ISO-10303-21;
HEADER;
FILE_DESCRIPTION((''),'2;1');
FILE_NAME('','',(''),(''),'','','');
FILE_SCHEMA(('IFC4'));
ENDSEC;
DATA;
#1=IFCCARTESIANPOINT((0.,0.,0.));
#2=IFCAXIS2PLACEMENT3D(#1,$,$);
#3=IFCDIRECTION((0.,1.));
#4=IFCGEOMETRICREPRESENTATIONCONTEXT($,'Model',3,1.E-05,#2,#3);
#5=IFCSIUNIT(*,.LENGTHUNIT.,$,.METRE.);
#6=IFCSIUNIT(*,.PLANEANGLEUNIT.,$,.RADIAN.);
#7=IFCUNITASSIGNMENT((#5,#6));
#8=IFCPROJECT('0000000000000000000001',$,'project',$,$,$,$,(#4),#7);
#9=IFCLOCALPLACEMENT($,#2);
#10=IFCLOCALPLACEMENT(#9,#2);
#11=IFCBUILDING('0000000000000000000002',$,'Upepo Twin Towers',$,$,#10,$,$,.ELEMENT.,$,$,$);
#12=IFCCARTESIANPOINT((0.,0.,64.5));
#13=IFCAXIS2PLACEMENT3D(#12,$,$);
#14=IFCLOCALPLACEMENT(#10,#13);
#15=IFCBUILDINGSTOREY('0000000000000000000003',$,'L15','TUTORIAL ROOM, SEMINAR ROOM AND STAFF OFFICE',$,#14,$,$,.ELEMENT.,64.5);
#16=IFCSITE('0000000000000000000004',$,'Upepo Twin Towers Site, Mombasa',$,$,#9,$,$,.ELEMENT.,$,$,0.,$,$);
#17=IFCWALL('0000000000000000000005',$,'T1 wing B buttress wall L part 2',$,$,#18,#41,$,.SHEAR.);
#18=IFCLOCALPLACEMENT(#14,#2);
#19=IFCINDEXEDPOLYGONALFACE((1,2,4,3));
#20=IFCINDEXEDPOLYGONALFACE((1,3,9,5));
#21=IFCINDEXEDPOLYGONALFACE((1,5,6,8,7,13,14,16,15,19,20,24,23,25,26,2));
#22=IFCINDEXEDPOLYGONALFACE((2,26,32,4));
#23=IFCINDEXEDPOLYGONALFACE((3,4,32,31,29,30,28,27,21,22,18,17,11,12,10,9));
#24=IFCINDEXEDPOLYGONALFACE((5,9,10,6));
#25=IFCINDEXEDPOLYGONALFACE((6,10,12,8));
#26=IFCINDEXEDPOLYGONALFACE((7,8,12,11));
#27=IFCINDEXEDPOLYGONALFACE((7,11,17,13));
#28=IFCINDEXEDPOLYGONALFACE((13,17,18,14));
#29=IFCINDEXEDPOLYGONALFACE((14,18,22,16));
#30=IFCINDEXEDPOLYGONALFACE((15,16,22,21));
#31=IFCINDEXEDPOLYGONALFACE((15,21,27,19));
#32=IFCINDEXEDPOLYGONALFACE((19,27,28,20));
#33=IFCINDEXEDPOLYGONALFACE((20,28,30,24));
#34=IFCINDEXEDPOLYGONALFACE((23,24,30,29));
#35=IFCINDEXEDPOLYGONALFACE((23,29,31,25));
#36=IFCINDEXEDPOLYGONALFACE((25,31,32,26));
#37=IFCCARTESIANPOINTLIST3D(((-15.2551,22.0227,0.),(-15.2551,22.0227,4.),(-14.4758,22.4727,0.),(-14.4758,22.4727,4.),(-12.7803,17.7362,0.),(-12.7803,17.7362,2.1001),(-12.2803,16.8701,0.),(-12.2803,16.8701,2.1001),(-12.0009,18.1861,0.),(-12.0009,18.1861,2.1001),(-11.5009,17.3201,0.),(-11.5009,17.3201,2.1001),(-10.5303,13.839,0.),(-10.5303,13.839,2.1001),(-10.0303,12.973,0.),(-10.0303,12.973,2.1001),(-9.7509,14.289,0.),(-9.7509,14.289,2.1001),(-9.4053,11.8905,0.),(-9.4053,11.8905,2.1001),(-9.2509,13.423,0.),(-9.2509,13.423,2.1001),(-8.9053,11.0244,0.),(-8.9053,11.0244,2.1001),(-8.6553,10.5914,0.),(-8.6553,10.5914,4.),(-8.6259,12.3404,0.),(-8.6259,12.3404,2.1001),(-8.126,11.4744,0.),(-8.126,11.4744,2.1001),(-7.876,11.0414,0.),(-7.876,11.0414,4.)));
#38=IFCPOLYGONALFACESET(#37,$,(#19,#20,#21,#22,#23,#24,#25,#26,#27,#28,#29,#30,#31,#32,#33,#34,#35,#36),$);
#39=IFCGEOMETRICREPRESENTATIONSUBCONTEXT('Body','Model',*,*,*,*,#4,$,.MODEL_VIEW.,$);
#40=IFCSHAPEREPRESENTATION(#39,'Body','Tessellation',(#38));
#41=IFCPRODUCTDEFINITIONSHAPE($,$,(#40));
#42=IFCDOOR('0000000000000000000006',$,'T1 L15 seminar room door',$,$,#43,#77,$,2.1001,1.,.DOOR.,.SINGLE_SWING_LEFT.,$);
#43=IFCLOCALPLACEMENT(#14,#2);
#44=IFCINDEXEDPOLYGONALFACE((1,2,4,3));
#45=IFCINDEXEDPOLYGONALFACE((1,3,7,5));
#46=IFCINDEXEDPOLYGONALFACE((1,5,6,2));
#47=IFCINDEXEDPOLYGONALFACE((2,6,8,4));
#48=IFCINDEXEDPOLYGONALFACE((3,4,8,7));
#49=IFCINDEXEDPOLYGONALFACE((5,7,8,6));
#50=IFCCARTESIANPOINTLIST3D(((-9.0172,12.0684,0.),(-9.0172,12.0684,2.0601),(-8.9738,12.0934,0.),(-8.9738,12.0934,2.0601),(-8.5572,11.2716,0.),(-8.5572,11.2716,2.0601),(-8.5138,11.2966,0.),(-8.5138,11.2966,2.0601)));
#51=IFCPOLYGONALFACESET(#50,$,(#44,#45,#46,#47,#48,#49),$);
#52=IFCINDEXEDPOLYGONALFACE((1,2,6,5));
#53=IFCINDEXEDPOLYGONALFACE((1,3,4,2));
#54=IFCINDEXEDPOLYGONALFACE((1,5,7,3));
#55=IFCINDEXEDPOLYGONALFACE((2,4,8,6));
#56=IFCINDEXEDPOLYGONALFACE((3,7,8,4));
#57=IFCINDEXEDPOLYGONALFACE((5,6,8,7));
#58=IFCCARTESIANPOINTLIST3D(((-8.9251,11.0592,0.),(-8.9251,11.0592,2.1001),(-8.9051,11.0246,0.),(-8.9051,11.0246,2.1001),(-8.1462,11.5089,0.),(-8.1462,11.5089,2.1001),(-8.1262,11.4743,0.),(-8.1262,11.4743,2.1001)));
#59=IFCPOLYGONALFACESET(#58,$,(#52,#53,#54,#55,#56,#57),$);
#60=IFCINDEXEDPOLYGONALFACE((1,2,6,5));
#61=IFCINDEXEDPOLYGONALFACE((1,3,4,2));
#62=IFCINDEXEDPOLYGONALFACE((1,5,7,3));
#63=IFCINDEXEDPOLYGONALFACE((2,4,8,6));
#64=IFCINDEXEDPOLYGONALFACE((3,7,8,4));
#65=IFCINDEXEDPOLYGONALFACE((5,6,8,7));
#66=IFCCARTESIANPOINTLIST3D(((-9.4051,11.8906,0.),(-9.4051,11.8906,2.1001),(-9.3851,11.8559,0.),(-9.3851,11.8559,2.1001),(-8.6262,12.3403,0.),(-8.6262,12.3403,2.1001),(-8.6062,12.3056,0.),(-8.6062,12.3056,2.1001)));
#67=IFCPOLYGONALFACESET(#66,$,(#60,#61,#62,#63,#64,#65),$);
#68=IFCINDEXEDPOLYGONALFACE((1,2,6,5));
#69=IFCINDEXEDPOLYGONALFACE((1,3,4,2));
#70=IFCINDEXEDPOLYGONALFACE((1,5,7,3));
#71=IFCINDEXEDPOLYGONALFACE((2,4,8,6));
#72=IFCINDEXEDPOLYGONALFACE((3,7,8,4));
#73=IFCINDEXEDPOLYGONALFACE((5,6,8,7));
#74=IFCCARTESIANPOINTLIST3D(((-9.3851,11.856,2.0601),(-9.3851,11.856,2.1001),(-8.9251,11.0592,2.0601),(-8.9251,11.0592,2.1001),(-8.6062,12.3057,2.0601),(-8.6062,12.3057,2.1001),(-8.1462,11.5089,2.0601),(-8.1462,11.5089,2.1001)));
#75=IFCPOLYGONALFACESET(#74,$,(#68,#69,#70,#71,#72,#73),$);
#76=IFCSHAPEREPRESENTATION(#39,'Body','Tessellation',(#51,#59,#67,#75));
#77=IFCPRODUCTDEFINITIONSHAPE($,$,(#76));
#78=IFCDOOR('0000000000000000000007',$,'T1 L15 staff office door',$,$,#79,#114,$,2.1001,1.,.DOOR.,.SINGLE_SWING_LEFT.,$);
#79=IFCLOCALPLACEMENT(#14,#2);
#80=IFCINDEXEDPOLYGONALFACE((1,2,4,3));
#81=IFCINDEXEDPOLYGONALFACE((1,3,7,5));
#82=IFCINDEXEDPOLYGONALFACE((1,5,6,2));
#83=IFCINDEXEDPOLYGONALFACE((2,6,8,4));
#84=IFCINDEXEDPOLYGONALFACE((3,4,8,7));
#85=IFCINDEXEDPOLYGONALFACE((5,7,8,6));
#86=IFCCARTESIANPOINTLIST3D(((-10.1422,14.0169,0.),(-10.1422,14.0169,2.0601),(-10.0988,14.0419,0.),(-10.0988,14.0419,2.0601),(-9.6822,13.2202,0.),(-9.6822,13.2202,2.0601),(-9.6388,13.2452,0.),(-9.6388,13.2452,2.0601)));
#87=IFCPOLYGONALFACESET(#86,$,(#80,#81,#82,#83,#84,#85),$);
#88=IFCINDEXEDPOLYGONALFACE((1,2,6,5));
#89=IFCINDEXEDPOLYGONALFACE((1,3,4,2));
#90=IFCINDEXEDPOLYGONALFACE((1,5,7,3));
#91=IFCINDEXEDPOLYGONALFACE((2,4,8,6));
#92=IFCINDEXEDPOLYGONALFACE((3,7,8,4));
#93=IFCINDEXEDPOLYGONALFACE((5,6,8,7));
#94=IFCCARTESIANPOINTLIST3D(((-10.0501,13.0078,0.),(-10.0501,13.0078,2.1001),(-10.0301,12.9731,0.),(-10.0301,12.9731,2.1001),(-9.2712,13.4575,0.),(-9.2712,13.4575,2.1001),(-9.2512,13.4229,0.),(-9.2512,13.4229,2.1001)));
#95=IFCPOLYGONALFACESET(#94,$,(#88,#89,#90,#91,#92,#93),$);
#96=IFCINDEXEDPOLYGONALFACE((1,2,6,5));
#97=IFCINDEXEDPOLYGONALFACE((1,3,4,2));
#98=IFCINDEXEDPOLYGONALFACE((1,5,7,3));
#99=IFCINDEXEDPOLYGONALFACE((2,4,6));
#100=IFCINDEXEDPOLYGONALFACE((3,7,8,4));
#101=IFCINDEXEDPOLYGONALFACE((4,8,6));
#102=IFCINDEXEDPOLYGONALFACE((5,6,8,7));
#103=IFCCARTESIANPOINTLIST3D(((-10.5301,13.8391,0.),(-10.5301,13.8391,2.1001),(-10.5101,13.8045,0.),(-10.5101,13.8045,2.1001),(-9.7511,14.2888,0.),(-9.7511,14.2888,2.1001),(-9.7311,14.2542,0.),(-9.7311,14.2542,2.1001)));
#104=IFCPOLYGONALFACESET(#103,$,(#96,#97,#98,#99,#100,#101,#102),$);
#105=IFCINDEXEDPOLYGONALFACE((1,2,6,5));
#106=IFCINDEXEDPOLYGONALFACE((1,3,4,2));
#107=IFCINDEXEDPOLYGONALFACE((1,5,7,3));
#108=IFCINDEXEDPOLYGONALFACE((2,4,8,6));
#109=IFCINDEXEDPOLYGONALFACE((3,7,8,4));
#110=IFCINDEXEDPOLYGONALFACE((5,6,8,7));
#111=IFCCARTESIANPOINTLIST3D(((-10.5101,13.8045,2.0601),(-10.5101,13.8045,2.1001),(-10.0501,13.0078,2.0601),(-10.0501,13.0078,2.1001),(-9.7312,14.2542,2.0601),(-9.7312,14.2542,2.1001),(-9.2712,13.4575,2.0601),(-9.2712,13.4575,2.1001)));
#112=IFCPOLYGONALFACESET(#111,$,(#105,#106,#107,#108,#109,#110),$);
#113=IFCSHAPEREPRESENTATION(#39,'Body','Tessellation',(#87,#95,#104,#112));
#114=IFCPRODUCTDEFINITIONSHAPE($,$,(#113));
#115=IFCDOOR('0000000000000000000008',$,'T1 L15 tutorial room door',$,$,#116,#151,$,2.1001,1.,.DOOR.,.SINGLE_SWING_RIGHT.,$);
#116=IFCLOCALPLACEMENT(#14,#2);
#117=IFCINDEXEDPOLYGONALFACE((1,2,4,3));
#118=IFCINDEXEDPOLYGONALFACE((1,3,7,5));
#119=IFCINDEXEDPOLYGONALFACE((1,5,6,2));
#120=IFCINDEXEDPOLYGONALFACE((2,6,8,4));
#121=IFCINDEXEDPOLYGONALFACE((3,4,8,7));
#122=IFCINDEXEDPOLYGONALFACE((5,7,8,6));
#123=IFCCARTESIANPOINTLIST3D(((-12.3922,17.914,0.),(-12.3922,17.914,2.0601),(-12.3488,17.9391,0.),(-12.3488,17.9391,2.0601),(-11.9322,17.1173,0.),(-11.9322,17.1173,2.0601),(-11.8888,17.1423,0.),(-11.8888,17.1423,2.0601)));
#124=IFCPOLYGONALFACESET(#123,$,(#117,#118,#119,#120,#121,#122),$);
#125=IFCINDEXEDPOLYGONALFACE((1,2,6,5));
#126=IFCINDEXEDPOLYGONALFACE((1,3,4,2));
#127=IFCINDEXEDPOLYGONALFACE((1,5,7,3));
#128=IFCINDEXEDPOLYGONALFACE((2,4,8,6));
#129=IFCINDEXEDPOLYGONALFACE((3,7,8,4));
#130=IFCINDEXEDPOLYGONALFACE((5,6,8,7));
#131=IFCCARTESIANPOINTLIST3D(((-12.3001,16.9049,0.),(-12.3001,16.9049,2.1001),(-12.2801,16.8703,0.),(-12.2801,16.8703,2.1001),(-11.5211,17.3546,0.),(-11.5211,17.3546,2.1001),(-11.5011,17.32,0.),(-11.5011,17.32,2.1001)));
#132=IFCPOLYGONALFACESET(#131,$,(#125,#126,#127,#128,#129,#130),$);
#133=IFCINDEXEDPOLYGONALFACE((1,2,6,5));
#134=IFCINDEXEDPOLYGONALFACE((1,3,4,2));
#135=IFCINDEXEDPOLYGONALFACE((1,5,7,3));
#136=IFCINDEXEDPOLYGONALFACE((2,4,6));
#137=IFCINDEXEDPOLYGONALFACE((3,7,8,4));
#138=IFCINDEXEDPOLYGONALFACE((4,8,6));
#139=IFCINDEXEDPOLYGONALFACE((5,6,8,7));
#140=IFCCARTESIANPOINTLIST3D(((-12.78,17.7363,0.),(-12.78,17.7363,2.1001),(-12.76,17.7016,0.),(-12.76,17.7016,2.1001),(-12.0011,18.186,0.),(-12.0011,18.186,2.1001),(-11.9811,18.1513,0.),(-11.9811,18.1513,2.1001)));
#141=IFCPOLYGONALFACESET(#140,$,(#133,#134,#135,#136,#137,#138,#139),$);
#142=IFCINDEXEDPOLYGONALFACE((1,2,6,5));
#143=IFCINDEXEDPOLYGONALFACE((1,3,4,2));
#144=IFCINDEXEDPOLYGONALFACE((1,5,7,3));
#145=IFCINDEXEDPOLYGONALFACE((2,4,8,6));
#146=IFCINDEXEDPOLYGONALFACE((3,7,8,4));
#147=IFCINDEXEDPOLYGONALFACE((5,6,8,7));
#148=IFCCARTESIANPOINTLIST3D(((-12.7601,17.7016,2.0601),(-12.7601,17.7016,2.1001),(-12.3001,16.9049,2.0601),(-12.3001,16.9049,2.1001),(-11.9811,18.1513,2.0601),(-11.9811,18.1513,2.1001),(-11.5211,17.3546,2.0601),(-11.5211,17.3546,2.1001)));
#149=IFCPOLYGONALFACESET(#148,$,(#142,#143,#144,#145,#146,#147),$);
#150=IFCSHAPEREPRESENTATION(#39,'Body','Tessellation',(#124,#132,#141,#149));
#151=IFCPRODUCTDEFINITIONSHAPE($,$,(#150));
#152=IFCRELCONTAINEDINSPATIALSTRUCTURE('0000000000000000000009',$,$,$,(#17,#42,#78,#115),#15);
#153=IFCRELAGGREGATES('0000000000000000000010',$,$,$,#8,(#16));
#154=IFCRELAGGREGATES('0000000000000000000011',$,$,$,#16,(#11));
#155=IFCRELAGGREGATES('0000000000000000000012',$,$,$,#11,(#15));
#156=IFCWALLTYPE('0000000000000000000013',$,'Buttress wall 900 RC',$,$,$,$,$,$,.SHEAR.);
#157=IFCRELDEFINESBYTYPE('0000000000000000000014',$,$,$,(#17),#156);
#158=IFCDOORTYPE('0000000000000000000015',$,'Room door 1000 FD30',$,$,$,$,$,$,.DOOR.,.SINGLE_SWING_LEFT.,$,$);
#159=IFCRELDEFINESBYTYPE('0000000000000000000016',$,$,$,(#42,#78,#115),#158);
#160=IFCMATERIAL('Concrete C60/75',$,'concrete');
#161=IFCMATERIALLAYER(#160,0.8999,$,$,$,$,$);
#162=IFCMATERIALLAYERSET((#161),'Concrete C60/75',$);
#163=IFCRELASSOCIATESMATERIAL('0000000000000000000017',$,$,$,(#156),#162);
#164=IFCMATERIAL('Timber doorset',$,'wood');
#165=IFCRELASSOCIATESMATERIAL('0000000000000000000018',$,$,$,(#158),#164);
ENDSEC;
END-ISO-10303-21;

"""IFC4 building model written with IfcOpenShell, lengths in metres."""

from ifc_helpers import new_model, si_unit, direction, frame, frame_2d, origin, place, context, subcontext, project, spatial, rectangle, extrude, material, layer, layer_set, type_object, element, fill, save


model = new_model("IFC4")

# Units and contexts
model_context = context("Model", 3, precision=1e-05, world=origin(), true_north=direction((0.0, 1.0)))
body_context = subcontext(model_context, "Body", "Model", "MODEL_VIEW")
ifc_project = project(units=[si_unit("LENGTHUNIT", "METRE"), si_unit("PLANEANGLEUNIT", "RADIAN")], contexts=[model_context])

# Site, building, storey
site_placement = place(None, origin())
site = spatial("IfcSite", under=ifc_project, at=site_placement, Name="Upepo Twin Towers Site, Mombasa", CompositionType="ELEMENT", RefElevation=0.0)
building_placement = place(site_placement, origin())
building = spatial("IfcBuilding", under=site, at=building_placement, Name="Upepo Twin Towers", CompositionType="ELEMENT")
storey_placement = place(building_placement, frame((0.0, 0.0, 64.5)))
storey = spatial("IfcBuildingStorey", under=building, at=storey_placement, Name="L15", Description="TUTORIAL ROOM, SEMINAR ROOM AND STAFF OFFICE", CompositionType="ELEMENT", Elevation=64.5)

# Wall, openings, doors
ifc_material_1 = material(Name="Concrete C60/75", Category="concrete")
ifc_layer_1 = layer(ifc_material_1, 0.8999)
ifc_layer_set_1 = layer_set([ifc_layer_1], Name="Concrete C60/75")
wall_type_1 = type_object("IfcWallType", Name="Buttress wall 900 RC", PredefinedType="SHEAR", material=ifc_layer_set_1)
wall_1_placement = place(storey_placement, frame((-8.2656, 10.8164, 0.0), z_axis=(0.0, 0.0, 1.0), x_axis=(-0.499996, 0.866028, 0.0)))
wall_1 = element("IfcWall", 1, at=wall_1_placement, inside=storey, type_object=wall_type_1, Name="T1 wing B buttress wall L part 2", PredefinedType="SHEAR", context=body_context, shape_type="SweptSolid", body=[
    extrude(rectangle(XDim=13.1997, YDim=0.8999, at=frame_2d((6.5999, 0.0))), origin(), (0.0, 0.0, 1.0), 4.0),
])
opening_1_placement = place(wall_1_placement, frame((0.5, 0.0, 0.0)))
opening_1 = element("IfcOpeningElement", 2, at=opening_1_placement, cuts=wall_1, PredefinedType="OPENING", context=body_context, shape_type="SweptSolid", body=[
    extrude(rectangle(XDim=1.0, YDim=2.1001, at=frame_2d((0.5, 1.05))), frame((0.0, 0.46, 0.0), z_axis=(0.0, -1.0, 0.0), x_axis=(1.0, 0.0, 0.0)), (0.0, 0.0, 1.0), 0.9199),
])
opening_2_placement = place(wall_1_placement, frame((2.75, 0.0, 0.0)))
opening_2 = element("IfcOpeningElement", 3, at=opening_2_placement, cuts=wall_1, PredefinedType="OPENING", context=body_context, shape_type="SweptSolid", body=[
    extrude(rectangle(XDim=1.0, YDim=2.1001, at=frame_2d((0.5, 1.05))), frame((0.0, 0.46, 0.0), z_axis=(0.0, -1.0, 0.0), x_axis=(1.0, 0.0, 0.0)), (0.0, 0.0, 1.0), 0.9199),
])
opening_3_placement = place(wall_1_placement, frame((7.25, 0.0, 0.0)))
opening_3 = element("IfcOpeningElement", 4, at=opening_3_placement, cuts=wall_1, PredefinedType="OPENING", context=body_context, shape_type="SweptSolid", body=[
    extrude(rectangle(XDim=1.0, YDim=2.1001, at=frame_2d((0.5, 1.05))), frame((0.0, 0.46, 0.0), z_axis=(0.0, -1.0, 0.0), x_axis=(1.0, 0.0, 0.0)), (0.0, 0.0, 1.0), 0.9199),
])
ifc_material_2 = material(Name="Timber doorset", Category="wood")
door_type_1 = type_object("IfcDoorType", Name="Room door 1000 FD30", OperationType="SINGLE_SWING_LEFT", PredefinedType="DOOR", material=ifc_material_2)
door_1_placement = place(opening_1_placement, origin())
door_1 = element("IfcDoor", 5, at=door_1_placement, inside=storey, type_object=door_type_1, Name="T1 L15 seminar room door", OperationType="SINGLE_SWING_LEFT", OverallHeight=2.1001, OverallWidth=1.0, PredefinedType="DOOR", context=body_context, shape_type="SweptSolid", body=[
    extrude(rectangle(XDim=0.92, YDim=2.0601, at=frame_2d((0.5, 1.03))), frame((0.0, 0.0249, 0.0), z_axis=(0.0, -1.0, 0.0), x_axis=(1.0, 0.0, 0.0)), (0.0, 0.0, 1.0), 0.05),
    extrude(rectangle(XDim=0.04, YDim=2.1001, at=frame_2d((0.02, 1.05))), frame((0.0, 0.4497, 0.0), z_axis=(0.0, -1.0, 0.0), x_axis=(1.0, 0.0, 0.0)), (0.0, 0.0, 1.0), 0.8994),
    extrude(rectangle(XDim=0.04, YDim=2.1001, at=frame_2d((0.98, 1.05))), frame((0.0, 0.4497, 0.0), z_axis=(0.0, -1.0, 0.0), x_axis=(1.0, 0.0, 0.0)), (0.0, 0.0, 1.0), 0.8994),
    extrude(rectangle(XDim=0.92, YDim=0.04, at=frame_2d((0.5, 2.0801))), frame((0.0, 0.4497, 0.0), z_axis=(0.0, -1.0, 0.0), x_axis=(1.0, 0.0, 0.0)), (0.0, 0.0, 1.0), 0.8994),
])
fill(opening_1, door_1)
door_2_placement = place(opening_2_placement, origin())
door_2 = element("IfcDoor", 6, at=door_2_placement, inside=storey, type_object=door_type_1, Name="T1 L15 staff office door", OperationType="SINGLE_SWING_LEFT", OverallHeight=2.1001, OverallWidth=1.0, PredefinedType="DOOR", context=body_context, shape_type="SweptSolid", body=[
    extrude(rectangle(XDim=0.92, YDim=2.0601, at=frame_2d((0.5, 1.03))), frame((0.0, 0.0249, 0.0), z_axis=(0.0, -1.0, 0.0), x_axis=(1.0, 0.0, 0.0)), (0.0, 0.0, 1.0), 0.05),
    extrude(rectangle(XDim=0.04, YDim=2.1001, at=frame_2d((0.02, 1.05))), frame((0.0, 0.4497, 0.0), z_axis=(0.0, -1.0, 0.0), x_axis=(1.0, 0.0, 0.0)), (0.0, 0.0, 1.0), 0.8994),
    extrude(rectangle(XDim=0.04, YDim=2.1001, at=frame_2d((0.98, 1.05))), frame((0.0, 0.4497, 0.0), z_axis=(0.0, -1.0, 0.0), x_axis=(1.0, 0.0, 0.0)), (0.0, 0.0, 1.0), 0.8994),
    extrude(rectangle(XDim=0.92, YDim=0.04, at=frame_2d((0.5, 2.0801))), frame((0.0, 0.4497, 0.0), z_axis=(0.0, -1.0, 0.0), x_axis=(1.0, 0.0, 0.0)), (0.0, 0.0, 1.0), 0.8994),
])
fill(opening_2, door_2)
door_3_placement = place(opening_3_placement, origin())
door_3 = element("IfcDoor", 7, at=door_3_placement, inside=storey, type_object=door_type_1, Name="T1 L15 tutorial room door", OperationType="SINGLE_SWING_RIGHT", OverallHeight=2.1001, OverallWidth=1.0, PredefinedType="DOOR", context=body_context, shape_type="SweptSolid", body=[
    extrude(rectangle(XDim=0.92, YDim=2.0601, at=frame_2d((0.5, 1.03))), frame((0.0, 0.0249, 0.0), z_axis=(0.0, -1.0, 0.0), x_axis=(1.0, 0.0, 0.0)), (0.0, 0.0, 1.0), 0.05),
    extrude(rectangle(XDim=0.04, YDim=2.1001, at=frame_2d((0.02, 1.05))), frame((0.0, 0.4497, 0.0), z_axis=(0.0, -1.0, 0.0), x_axis=(1.0, 0.0, 0.0)), (0.0, 0.0, 1.0), 0.8994),
    extrude(rectangle(XDim=0.04, YDim=2.1001, at=frame_2d((0.98, 1.05))), frame((0.0, 0.4497, 0.0), z_axis=(0.0, -1.0, 0.0), x_axis=(1.0, 0.0, 0.0)), (0.0, 0.0, 1.0), 0.8994),
    extrude(rectangle(XDim=0.92, YDim=0.04, at=frame_2d((0.5, 2.0801))), frame((0.0, 0.4497, 0.0), z_axis=(0.0, -1.0, 0.0), x_axis=(1.0, 0.0, 0.0)), (0.0, 0.0, 1.0), 0.8994),
])
fill(opening_3, door_3)

save(model, "model.ifc")
